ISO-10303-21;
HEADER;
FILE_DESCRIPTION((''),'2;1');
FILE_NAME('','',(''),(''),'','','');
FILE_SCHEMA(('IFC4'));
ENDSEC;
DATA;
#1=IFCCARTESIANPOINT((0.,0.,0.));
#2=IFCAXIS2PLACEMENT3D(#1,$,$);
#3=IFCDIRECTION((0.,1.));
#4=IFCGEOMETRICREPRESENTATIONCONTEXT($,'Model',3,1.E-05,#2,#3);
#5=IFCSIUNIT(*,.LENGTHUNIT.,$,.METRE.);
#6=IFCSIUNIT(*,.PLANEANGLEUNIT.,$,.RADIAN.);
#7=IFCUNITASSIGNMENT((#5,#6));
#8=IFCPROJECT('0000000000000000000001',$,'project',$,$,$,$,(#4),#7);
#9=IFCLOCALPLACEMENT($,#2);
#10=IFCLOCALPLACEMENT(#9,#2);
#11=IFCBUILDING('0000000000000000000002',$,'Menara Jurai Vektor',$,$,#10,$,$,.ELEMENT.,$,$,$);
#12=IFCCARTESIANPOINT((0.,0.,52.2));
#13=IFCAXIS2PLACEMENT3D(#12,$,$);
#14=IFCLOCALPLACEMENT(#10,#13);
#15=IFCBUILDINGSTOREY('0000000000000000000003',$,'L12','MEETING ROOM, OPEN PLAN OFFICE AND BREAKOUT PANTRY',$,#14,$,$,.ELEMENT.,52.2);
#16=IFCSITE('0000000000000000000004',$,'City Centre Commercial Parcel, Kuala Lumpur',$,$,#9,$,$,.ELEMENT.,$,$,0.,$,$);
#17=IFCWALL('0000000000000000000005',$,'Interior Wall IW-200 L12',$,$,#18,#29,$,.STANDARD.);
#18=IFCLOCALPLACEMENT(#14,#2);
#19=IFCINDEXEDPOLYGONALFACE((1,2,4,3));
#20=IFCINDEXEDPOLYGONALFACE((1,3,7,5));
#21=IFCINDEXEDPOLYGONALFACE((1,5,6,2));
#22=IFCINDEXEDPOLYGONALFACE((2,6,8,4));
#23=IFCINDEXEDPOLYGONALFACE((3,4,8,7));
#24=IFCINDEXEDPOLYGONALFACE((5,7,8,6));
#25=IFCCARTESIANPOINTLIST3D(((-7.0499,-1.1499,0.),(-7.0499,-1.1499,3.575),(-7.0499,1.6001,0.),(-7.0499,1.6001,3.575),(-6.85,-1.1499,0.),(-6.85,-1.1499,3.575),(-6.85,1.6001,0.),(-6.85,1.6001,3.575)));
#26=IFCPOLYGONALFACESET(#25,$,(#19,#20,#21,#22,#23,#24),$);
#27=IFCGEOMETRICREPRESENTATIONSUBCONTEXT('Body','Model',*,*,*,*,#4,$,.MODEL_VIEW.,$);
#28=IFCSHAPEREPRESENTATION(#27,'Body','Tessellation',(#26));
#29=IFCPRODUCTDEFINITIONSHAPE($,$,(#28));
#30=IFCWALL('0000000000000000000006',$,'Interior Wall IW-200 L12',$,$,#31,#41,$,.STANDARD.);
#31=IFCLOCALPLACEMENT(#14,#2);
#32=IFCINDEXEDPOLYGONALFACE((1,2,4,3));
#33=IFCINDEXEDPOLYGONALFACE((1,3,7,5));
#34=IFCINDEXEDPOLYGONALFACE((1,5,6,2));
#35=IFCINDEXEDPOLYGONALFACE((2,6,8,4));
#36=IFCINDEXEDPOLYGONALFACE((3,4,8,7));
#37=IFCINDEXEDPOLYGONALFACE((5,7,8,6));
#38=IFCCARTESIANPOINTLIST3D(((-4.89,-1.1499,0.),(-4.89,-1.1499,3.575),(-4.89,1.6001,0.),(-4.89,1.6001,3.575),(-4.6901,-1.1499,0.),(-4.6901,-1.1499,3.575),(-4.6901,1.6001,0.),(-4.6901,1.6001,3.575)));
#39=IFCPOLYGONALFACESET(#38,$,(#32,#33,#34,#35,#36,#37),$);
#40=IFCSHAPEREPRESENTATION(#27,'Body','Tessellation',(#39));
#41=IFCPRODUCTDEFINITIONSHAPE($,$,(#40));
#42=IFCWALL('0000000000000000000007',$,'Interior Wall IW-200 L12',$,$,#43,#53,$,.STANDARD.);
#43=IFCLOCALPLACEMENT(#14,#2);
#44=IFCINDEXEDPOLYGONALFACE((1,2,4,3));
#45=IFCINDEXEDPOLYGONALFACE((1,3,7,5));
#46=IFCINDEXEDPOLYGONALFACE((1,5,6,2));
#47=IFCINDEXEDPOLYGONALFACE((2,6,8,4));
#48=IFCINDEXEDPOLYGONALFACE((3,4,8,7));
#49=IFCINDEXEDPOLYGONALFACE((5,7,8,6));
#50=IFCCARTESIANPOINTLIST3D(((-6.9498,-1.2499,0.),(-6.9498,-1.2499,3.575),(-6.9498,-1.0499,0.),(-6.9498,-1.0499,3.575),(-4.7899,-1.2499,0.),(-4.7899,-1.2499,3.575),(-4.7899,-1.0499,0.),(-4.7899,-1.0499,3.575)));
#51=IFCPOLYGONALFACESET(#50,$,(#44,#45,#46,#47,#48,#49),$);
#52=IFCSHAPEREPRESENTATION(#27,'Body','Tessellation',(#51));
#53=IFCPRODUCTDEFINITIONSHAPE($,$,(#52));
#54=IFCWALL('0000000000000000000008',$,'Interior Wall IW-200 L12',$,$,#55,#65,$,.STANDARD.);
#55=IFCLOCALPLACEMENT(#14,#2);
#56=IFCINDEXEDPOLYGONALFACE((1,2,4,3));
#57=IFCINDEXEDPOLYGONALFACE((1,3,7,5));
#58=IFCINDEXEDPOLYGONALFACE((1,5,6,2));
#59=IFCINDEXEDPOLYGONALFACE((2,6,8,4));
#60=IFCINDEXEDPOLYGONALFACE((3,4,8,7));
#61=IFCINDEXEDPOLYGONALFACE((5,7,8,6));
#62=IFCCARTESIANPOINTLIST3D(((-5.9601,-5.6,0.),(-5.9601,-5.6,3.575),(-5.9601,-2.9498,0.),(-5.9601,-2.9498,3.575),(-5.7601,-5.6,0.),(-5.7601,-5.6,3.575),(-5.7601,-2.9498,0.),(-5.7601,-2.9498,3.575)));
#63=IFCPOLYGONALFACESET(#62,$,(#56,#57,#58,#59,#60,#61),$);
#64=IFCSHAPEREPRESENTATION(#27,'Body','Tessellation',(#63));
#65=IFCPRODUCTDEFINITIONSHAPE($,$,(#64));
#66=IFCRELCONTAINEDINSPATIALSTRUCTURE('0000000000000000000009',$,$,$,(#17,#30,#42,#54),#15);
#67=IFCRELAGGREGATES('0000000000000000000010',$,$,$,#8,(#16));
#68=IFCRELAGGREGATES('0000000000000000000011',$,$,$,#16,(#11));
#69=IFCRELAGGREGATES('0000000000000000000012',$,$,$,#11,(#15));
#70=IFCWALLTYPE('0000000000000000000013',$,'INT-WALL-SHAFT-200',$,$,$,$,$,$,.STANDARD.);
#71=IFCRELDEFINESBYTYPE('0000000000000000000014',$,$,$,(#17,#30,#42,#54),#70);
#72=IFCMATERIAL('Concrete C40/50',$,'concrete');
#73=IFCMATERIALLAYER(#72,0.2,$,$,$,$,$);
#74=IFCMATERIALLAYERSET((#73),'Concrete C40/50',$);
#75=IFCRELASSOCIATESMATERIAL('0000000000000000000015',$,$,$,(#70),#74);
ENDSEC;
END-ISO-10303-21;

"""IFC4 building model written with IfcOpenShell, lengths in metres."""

from ifc_helpers import new_model, si_unit, direction, frame, frame_2d, origin, place, context, subcontext, project, spatial, rectangle, extrude, material, layer, layer_set, type_object, element, save


model = new_model("IFC4")

# Units and contexts
model_context = context("Model", 3, precision=1e-05, world=origin(), true_north=direction((0.0, 1.0)))
body_context = subcontext(model_context, "Body", "Model", "MODEL_VIEW")
ifc_project = project(units=[si_unit("LENGTHUNIT", "METRE"), si_unit("PLANEANGLEUNIT", "RADIAN")], contexts=[model_context])

# Site, building, storey
site_placement = place(None, origin())
site = spatial("IfcSite", under=ifc_project, at=site_placement, Name="City Centre Commercial Parcel, Kuala Lumpur", CompositionType="ELEMENT", RefElevation=0.0)
building_placement = place(site_placement, origin())
building = spatial("IfcBuilding", under=site, at=building_placement, Name="Menara Jurai Vektor", CompositionType="ELEMENT")
storey_placement = place(building_placement, frame((0.0, 0.0, 52.2)))
storey = spatial("IfcBuildingStorey", under=building, at=storey_placement, Name="L12", Description="MEETING ROOM, OPEN PLAN OFFICE AND BREAKOUT PANTRY", CompositionType="ELEMENT", Elevation=52.2)

# Shared definitions
ifc_material_1 = material(Name="Concrete C40/50", Category="concrete")
ifc_layer_1 = layer(ifc_material_1, 0.2)
ifc_layer_set_1 = layer_set([ifc_layer_1], Name="Concrete C40/50")
wall_type_1 = type_object("IfcWallType", Name="INT-WALL-SHAFT-200", PredefinedType="STANDARD", material=ifc_layer_set_1)

# Walls
for number, where, z_axis, x_axis, name in (
    (1, (-6.95, -1.1499, 0.0), (0.0, 0.0, 1.0), (0.0, 1.0, 0.0), "Interior Wall IW-200 L12"),
    (2, (-4.79, -1.1499, 0.0), (0.0, 0.0, 1.0), (0.0, 1.0, 0.0), "Interior Wall IW-200 L12"),
):
    element("IfcWall", number, at=place(storey_placement, frame(where, z_axis=z_axis, x_axis=x_axis)), inside=storey, type_object=wall_type_1, Name=name, PredefinedType="STANDARD", context=body_context, shape_type="SweptSolid", body=[
        extrude(rectangle(XDim=2.75, YDim=0.2, at=frame_2d((1.375, 0.0))), origin(), (0.0, 0.0, 1.0), 3.575),
    ])
wall_1_placement = place(storey_placement, frame((-6.95, -1.1499, 0.0), z_axis=(0.0, 0.0, 1.0), x_axis=(1.0, 0.0, 0.0)))
element("IfcWall", 3, at=wall_1_placement, inside=storey, type_object=wall_type_1, Name="Interior Wall IW-200 L12", PredefinedType="STANDARD", context=body_context, shape_type="SweptSolid", body=[
    extrude(rectangle(XDim=2.1599, YDim=0.2, at=frame_2d((1.0801, 0.0))), origin(), (0.0, 0.0, 1.0), 3.575),
])
wall_2_placement = place(storey_placement, frame((-5.8601, -5.6001, 0.0), z_axis=(0.0, 0.0, 1.0), x_axis=(0.0, 1.0, 0.0)))
element("IfcWall", 4, at=wall_2_placement, inside=storey, type_object=wall_type_1, Name="Interior Wall IW-200 L12", PredefinedType="STANDARD", context=body_context, shape_type="SweptSolid", body=[
    extrude(rectangle(XDim=2.6501, YDim=0.2, at=frame_2d((1.3252, 0.0))), origin(), (0.0, 0.0, 1.0), 3.575),
])

save(model, "model.ifc")
